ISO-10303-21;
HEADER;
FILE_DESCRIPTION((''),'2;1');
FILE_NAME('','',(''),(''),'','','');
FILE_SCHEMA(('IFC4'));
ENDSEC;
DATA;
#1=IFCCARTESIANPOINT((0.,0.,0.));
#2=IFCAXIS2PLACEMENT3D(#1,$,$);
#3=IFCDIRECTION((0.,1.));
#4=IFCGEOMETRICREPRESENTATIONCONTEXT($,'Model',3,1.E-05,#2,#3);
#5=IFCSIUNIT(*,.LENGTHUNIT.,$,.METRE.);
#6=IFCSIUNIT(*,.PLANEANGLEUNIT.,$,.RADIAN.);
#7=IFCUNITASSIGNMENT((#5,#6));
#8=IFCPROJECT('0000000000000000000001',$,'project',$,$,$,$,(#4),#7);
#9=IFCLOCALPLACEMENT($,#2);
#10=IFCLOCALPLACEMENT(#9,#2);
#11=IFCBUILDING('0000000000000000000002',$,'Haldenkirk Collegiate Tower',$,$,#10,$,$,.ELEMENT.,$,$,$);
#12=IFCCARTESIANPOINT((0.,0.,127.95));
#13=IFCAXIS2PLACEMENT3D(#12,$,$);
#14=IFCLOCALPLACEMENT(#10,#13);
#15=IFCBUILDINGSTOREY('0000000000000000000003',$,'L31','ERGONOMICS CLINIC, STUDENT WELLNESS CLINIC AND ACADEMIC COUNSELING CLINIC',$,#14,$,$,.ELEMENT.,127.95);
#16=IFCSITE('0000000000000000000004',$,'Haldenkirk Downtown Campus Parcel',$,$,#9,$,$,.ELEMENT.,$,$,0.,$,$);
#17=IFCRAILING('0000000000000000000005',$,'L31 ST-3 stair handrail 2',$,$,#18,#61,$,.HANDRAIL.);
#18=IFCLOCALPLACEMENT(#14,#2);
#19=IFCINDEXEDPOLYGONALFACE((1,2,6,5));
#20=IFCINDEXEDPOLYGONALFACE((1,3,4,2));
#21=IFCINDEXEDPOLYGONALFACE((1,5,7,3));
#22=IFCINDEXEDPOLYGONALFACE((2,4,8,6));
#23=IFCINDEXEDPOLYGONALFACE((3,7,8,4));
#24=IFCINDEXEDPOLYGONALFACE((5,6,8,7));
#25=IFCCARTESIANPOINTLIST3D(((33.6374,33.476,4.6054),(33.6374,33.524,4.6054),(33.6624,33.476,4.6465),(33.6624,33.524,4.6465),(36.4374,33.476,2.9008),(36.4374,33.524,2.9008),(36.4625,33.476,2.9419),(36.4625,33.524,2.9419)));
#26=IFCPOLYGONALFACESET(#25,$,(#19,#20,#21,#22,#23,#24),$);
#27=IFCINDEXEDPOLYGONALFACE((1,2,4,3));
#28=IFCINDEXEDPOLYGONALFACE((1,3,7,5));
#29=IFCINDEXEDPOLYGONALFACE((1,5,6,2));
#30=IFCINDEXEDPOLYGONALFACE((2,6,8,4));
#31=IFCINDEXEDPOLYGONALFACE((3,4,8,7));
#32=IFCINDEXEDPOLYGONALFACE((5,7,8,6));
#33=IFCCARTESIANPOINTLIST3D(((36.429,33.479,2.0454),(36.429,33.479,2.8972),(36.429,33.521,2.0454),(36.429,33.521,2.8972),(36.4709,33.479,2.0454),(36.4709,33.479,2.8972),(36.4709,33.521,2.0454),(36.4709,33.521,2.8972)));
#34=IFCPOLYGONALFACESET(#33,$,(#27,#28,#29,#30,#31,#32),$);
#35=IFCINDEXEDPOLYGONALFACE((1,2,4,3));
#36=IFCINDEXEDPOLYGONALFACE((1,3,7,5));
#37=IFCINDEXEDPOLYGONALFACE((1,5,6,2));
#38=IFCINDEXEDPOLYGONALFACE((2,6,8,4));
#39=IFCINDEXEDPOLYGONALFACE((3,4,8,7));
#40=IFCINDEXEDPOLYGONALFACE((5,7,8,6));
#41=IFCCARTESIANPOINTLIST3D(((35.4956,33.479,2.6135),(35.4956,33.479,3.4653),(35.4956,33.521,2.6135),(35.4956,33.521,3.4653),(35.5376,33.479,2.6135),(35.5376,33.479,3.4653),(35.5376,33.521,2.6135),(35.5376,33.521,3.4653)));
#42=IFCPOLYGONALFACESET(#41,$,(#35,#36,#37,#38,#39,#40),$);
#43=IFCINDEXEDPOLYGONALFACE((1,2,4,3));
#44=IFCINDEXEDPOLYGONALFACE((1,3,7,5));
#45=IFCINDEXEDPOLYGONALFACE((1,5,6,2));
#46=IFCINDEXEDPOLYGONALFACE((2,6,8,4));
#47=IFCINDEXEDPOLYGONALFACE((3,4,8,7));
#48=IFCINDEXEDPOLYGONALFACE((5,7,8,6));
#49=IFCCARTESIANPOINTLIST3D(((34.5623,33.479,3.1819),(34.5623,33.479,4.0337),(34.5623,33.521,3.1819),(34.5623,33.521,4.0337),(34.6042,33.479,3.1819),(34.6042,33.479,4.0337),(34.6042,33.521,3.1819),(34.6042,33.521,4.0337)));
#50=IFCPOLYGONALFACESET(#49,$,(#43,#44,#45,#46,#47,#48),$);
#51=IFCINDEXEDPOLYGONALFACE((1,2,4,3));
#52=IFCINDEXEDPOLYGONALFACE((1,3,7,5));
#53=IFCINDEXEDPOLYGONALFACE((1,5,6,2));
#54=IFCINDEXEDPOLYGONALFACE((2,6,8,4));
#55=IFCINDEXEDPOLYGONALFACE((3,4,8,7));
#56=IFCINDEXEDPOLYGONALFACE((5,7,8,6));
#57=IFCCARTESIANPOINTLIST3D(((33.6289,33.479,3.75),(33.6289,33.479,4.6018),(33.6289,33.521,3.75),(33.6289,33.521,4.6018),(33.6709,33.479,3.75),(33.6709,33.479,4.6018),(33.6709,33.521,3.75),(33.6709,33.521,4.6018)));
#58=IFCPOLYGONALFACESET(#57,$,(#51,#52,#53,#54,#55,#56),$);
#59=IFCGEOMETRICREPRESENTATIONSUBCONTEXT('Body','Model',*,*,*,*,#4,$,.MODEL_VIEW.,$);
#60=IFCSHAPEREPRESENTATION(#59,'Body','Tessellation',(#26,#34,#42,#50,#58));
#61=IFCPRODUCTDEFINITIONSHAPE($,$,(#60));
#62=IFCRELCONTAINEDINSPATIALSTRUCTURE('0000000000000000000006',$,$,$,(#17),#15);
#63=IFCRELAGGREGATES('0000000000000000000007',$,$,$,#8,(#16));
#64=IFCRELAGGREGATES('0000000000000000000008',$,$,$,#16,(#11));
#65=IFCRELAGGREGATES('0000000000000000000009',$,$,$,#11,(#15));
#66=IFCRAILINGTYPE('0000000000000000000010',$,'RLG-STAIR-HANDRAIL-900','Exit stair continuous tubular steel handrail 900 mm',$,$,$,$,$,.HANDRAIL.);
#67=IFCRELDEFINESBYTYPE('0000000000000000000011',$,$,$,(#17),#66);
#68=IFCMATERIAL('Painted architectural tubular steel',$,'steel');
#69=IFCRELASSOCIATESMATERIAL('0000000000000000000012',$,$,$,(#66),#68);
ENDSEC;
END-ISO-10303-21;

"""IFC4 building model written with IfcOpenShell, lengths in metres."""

from ifc_helpers import new_model, si_unit, direction, frame, origin, origin_2d, place, context, subcontext, project, spatial, rectangle, extrude, material, type_object, element, save


model = new_model("IFC4")

# Units and contexts
model_context = context("Model", 3, precision=1e-05, world=origin(), true_north=direction((0.0, 1.0)))
body_context = subcontext(model_context, "Body", "Model", "MODEL_VIEW")
ifc_project = project(units=[si_unit("LENGTHUNIT", "METRE"), si_unit("PLANEANGLEUNIT", "RADIAN")], contexts=[model_context])

# Site, building, storey
site_placement = place(None, origin())
site = spatial("IfcSite", under=ifc_project, at=site_placement, Name="Haldenkirk Downtown Campus Parcel", CompositionType="ELEMENT", RefElevation=0.0)
building_placement = place(site_placement, origin())
building = spatial("IfcBuilding", under=site, at=building_placement, Name="Haldenkirk Collegiate Tower", CompositionType="ELEMENT")
storey_placement = place(building_placement, frame((0.0, 0.0, 127.95)))
storey = spatial("IfcBuildingStorey", under=building, at=storey_placement, Name="L31", Description="ERGONOMICS CLINIC, STUDENT WELLNESS CLINIC AND ACADEMIC COUNSELING CLINIC", CompositionType="ELEMENT", Elevation=127.95)

# Railing
ifc_material_1 = material(Name="Painted architectural tubular steel", Category="steel")
railing_type_1 = type_object("IfcRailingType", Name="RLG-STAIR-HANDRAIL-900", Description="Exit stair continuous tubular steel handrail 900 mm", PredefinedType="HANDRAIL", material=ifc_material_1)
railing_1_placement = place(storey_placement, frame((36.45, 33.5, 2.0454)))
element("IfcRailing", 1, at=railing_1_placement, inside=storey, type_object=railing_type_1, Name="L31 ST-3 stair handrail 2", PredefinedType="HANDRAIL", context=body_context, shape_type="SweptSolid", body=[
    extrude(rectangle(XDim=0.0481, YDim=0.0481, at=origin_2d()), frame((0.0, 0.0, 0.876), z_axis=(-0.85417, 0.0, 0.519994), x_axis=(0.0, -1.0, 0.0)), (0.0, 0.0, 1.0), 3.2781),
    extrude(rectangle(XDim=0.042, YDim=0.042, at=origin_2d()), origin(), (0.0, 0.0, 1.0), 0.8518),
    extrude(rectangle(XDim=0.042, YDim=0.042, at=origin_2d()), frame((-0.9333, 0.0, 0.5681)), (0.0, 0.0, 1.0), 0.8518),
    extrude(rectangle(XDim=0.042, YDim=0.042, at=origin_2d()), frame((-1.8667, 0.0, 1.1365)), (0.0, 0.0, 1.0), 0.8518),
    extrude(rectangle(XDim=0.042, YDim=0.042, at=origin_2d()), frame((-2.8, 0.0, 1.7046)), (0.0, 0.0, 1.0), 0.8518),
])

save(model, "model.ifc")
